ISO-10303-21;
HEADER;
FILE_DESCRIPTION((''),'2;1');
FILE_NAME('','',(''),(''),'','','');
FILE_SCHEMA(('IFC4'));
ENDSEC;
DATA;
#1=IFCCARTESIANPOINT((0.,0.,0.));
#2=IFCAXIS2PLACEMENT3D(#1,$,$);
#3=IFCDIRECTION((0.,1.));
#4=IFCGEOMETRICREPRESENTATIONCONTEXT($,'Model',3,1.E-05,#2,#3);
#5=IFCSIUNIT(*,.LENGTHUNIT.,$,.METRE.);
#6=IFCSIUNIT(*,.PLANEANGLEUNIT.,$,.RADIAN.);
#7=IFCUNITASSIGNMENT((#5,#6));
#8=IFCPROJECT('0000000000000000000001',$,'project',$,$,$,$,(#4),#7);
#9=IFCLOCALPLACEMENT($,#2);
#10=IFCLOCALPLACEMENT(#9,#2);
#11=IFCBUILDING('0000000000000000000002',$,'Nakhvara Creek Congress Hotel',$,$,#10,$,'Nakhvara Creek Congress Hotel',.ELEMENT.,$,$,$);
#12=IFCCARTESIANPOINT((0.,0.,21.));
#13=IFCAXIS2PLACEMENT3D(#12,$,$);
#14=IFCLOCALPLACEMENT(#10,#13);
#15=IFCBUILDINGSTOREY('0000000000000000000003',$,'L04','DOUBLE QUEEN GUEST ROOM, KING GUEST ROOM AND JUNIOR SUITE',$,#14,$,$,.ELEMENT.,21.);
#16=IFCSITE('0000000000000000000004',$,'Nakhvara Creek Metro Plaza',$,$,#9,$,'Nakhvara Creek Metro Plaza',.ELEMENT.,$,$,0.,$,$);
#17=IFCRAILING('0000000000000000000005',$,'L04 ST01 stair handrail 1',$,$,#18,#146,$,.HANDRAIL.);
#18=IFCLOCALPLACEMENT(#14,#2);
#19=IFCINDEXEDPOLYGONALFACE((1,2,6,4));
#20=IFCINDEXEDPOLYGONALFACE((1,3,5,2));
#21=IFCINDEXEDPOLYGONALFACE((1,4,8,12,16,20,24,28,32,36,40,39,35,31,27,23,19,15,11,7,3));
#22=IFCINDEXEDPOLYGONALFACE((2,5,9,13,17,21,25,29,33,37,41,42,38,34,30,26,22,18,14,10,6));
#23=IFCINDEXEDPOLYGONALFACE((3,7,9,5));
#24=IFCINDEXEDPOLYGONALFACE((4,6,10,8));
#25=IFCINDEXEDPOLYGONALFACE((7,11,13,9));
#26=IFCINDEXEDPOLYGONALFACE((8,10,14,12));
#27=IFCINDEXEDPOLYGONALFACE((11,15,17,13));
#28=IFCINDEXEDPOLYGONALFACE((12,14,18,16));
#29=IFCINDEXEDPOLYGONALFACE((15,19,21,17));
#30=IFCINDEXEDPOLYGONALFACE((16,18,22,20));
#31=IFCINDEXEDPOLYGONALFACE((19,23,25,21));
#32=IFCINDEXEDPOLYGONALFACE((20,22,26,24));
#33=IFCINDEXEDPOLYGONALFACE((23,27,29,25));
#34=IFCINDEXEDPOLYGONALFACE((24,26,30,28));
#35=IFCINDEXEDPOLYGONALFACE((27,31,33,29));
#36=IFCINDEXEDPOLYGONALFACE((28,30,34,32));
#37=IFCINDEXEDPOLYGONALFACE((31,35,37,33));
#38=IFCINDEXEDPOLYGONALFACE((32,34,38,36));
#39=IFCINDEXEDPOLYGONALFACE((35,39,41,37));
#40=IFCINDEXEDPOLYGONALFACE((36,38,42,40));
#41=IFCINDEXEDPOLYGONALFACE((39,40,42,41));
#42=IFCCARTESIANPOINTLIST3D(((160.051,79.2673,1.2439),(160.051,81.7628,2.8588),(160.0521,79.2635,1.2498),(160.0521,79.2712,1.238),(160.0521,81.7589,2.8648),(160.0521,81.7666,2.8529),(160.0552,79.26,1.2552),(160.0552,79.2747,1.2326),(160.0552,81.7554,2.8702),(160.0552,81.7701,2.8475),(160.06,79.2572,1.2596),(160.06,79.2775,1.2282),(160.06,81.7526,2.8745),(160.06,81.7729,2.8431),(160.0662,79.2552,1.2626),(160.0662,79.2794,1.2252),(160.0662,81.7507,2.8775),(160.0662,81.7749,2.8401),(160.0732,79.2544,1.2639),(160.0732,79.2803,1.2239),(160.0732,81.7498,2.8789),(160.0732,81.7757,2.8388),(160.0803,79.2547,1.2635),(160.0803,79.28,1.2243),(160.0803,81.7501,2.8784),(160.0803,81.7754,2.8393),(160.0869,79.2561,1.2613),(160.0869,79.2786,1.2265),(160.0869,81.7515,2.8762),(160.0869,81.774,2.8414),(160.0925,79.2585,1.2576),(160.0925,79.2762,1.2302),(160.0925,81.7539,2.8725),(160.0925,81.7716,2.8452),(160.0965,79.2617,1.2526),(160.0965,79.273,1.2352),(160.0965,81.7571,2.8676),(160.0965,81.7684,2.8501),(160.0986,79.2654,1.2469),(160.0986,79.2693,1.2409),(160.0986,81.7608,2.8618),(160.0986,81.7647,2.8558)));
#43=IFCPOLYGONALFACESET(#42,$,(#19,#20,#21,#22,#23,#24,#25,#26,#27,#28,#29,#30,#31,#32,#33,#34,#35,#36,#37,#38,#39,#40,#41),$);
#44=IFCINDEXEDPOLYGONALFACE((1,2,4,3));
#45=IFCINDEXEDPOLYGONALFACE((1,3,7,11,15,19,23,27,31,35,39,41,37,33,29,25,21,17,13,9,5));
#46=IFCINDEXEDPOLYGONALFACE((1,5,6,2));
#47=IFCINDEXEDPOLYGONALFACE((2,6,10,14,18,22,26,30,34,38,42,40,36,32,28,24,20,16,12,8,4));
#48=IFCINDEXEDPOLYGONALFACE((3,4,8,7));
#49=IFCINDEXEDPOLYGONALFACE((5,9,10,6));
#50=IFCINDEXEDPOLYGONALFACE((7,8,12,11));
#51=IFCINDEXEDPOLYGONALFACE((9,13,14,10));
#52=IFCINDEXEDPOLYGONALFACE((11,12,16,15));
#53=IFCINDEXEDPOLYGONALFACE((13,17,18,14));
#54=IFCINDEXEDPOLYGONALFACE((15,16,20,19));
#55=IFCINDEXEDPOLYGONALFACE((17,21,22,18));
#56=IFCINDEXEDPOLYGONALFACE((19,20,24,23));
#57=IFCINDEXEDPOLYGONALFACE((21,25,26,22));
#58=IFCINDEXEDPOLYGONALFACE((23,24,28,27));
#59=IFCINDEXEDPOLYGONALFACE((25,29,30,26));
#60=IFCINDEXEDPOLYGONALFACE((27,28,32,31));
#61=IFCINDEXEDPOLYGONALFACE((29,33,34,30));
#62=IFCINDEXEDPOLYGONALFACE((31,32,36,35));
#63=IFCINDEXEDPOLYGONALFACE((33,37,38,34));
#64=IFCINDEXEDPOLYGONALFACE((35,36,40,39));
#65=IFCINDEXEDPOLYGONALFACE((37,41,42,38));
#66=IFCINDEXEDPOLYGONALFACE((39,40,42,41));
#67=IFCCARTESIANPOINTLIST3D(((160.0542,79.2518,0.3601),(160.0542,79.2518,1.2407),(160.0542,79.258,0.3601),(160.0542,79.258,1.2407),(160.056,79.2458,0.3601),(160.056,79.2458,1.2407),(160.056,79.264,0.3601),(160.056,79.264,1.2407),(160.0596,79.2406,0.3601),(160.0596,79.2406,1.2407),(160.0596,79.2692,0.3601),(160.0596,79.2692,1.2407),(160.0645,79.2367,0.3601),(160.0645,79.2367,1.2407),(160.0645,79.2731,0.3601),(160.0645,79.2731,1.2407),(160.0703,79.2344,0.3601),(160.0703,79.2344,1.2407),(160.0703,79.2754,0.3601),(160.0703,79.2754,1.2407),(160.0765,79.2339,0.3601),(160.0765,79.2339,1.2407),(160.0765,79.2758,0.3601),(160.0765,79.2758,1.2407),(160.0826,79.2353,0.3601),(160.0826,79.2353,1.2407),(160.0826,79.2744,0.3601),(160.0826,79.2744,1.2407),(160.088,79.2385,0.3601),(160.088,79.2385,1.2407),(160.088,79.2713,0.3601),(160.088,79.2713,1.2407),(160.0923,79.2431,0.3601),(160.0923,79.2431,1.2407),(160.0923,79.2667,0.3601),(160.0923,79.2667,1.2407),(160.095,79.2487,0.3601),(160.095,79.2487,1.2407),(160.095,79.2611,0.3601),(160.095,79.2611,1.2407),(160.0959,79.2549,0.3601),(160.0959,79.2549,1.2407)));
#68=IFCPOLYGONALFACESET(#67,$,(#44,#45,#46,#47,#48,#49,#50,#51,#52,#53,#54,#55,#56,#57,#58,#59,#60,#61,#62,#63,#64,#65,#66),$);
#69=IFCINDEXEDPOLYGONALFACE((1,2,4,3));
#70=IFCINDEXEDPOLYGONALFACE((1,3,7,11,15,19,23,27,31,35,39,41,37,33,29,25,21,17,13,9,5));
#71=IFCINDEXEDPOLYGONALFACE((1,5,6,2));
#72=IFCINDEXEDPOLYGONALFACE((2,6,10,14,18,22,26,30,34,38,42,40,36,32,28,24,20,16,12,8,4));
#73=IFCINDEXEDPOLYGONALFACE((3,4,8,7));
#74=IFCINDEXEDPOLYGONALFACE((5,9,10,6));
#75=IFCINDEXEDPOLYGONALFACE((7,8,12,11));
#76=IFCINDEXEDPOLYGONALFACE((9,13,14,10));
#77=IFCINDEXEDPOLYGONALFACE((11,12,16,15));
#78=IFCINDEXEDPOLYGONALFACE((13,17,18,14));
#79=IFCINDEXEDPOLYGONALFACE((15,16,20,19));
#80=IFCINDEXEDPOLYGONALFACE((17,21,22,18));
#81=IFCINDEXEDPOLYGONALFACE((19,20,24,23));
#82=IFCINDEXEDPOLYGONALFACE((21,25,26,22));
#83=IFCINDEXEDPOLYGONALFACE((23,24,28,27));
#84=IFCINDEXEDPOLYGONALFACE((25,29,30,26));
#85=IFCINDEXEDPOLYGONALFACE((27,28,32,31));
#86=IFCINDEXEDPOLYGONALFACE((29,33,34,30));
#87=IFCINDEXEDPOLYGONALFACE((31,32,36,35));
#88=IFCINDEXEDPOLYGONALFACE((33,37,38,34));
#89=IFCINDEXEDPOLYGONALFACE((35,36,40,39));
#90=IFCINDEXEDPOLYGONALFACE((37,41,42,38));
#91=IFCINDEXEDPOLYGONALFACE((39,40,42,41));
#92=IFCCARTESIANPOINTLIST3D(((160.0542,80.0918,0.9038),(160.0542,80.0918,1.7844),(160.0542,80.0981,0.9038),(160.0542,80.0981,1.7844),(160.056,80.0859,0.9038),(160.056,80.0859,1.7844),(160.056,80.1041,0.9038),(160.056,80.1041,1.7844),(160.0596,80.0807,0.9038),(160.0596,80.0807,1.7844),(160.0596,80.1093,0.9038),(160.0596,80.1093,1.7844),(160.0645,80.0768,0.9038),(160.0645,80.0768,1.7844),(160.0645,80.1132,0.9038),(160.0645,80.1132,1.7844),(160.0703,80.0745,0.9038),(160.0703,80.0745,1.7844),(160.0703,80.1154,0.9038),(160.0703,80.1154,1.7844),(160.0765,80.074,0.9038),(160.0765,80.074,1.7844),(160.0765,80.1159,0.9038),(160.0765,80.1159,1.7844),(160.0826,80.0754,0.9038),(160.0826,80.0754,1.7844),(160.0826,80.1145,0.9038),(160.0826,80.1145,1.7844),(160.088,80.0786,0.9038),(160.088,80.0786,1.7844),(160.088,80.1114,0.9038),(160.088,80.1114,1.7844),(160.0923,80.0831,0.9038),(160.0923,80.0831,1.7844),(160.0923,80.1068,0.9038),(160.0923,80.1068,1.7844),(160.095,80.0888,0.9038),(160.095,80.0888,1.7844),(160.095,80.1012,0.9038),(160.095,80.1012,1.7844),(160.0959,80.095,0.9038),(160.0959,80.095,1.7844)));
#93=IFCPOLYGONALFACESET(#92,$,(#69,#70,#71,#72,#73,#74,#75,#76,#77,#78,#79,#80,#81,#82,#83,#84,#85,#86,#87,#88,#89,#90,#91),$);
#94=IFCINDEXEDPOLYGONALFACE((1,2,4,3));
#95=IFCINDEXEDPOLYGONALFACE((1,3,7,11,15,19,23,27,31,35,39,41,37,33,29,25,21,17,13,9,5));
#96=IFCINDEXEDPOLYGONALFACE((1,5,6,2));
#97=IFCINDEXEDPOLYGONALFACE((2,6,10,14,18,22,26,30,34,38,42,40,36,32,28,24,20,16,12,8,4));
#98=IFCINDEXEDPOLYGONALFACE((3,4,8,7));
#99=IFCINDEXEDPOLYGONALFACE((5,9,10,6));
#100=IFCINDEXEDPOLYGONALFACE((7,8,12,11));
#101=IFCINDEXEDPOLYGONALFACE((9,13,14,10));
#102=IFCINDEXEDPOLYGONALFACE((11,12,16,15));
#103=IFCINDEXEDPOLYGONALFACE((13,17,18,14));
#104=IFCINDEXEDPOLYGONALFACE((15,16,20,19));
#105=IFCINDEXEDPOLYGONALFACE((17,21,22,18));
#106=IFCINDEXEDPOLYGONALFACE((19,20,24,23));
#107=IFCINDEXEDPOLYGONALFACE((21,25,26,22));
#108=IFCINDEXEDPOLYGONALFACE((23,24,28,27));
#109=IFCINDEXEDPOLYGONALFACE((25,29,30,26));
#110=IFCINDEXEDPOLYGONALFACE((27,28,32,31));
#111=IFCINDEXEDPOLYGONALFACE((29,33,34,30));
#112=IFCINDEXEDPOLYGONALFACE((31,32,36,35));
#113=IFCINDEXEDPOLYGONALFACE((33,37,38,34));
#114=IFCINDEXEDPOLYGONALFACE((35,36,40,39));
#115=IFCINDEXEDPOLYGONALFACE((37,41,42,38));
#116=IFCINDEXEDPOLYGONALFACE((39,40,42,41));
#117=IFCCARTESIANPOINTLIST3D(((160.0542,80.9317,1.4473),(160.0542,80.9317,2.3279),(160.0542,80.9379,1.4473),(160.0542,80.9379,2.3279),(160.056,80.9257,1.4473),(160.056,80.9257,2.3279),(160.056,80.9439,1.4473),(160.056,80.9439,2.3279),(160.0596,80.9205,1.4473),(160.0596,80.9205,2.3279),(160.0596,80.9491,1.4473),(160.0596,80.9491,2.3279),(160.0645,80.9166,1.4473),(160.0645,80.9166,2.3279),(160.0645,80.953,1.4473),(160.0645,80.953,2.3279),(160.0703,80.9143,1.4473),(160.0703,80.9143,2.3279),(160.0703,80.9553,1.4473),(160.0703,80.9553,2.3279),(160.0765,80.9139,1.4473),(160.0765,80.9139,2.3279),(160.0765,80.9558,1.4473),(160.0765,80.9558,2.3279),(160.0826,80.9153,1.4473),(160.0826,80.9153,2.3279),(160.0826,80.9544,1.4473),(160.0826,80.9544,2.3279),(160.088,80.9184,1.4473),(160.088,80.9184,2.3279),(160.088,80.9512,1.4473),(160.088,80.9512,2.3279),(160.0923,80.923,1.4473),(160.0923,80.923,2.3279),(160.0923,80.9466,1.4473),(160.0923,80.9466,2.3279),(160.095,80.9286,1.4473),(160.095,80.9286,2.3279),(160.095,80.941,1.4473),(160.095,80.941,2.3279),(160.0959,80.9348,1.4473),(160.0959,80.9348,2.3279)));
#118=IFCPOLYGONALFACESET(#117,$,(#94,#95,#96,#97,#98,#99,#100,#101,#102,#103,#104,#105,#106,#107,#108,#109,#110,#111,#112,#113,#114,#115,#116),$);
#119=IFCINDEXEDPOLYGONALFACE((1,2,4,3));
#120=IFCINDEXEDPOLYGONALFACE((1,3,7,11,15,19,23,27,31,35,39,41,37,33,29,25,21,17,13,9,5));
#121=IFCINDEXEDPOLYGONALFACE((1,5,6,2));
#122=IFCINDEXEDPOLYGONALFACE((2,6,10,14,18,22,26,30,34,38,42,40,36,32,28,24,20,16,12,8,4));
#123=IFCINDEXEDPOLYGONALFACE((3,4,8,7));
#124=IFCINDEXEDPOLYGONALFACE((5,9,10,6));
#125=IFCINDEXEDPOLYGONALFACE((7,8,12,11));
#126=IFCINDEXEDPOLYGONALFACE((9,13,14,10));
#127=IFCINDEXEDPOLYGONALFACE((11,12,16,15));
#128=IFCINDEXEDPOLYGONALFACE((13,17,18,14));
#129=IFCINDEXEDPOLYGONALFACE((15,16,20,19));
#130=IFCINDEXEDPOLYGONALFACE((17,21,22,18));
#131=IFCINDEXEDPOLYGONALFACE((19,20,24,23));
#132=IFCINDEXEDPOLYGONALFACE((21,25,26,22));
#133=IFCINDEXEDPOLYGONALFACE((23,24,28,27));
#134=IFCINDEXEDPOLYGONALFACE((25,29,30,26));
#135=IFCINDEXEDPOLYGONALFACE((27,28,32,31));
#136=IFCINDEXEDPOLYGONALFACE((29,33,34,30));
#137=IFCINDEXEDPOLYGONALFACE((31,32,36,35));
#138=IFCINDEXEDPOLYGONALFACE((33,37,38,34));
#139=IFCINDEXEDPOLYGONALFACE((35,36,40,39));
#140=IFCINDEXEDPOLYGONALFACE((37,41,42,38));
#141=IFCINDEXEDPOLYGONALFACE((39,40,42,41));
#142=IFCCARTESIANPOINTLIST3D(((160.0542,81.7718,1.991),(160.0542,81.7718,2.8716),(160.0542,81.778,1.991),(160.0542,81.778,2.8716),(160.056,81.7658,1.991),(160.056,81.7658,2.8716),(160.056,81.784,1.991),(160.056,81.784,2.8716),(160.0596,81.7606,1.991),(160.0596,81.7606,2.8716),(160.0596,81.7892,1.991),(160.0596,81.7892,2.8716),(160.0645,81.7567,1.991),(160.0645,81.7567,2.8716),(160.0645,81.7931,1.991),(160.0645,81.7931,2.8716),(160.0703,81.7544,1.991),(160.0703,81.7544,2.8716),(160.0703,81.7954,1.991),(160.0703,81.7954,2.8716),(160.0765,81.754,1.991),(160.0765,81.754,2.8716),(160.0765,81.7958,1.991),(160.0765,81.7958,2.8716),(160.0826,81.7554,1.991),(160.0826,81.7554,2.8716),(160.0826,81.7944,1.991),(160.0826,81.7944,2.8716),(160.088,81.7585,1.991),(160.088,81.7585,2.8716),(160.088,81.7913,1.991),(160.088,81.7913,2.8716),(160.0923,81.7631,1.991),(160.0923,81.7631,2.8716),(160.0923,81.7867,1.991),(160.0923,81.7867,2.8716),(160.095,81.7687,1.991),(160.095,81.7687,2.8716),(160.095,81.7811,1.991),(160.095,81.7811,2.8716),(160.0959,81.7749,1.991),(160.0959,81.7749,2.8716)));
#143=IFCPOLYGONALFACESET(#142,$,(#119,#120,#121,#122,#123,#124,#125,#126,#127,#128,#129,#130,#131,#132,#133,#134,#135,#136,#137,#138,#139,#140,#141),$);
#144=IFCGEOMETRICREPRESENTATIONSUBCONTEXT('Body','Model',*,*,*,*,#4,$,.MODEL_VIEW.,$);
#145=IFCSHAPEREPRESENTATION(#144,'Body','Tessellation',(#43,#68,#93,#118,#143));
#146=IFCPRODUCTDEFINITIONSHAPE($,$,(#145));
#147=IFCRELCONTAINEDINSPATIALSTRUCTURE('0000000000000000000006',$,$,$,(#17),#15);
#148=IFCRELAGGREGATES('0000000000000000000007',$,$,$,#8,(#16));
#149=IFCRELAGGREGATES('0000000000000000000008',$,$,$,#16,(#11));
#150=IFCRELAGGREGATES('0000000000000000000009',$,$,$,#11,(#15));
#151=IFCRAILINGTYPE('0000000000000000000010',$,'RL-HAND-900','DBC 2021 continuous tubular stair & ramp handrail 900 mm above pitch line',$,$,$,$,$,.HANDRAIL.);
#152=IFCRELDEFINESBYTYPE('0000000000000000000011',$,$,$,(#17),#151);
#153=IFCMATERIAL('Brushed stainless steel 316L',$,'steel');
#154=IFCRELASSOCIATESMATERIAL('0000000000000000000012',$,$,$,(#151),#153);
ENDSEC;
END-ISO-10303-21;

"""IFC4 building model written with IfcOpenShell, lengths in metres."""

from ifc_helpers import new_model, si_unit, direction, frame, origin, origin_2d, place, context, subcontext, project, spatial, circle, extrude, material, type_object, element, save


model = new_model("IFC4")

# Units and contexts
model_context = context("Model", 3, precision=1e-05, world=origin(), true_north=direction((0.0, 1.0)))
body_context = subcontext(model_context, "Body", "Model", "MODEL_VIEW")
ifc_project = project(units=[si_unit("LENGTHUNIT", "METRE"), si_unit("PLANEANGLEUNIT", "RADIAN")], contexts=[model_context])

# Site, building, storey
site_placement = place(None, origin())
site = spatial("IfcSite", under=ifc_project, at=site_placement, Name="Nakhvara Creek Metro Plaza", LongName="Nakhvara Creek Metro Plaza", CompositionType="ELEMENT", RefElevation=0.0)
building_placement = place(site_placement, origin())
building = spatial("IfcBuilding", under=site, at=building_placement, Name="Nakhvara Creek Congress Hotel", LongName="Nakhvara Creek Congress Hotel", CompositionType="ELEMENT")
storey_placement = place(building_placement, frame((0.0, 0.0, 21.0)))
storey = spatial("IfcBuildingStorey", under=building, at=storey_placement, Name="L04", Description="DOUBLE QUEEN GUEST ROOM, KING GUEST ROOM AND JUNIOR SUITE", CompositionType="ELEMENT", Elevation=21.0)

# Railing
ifc_material_1 = material(Name="Brushed stainless steel 316L", Category="steel")
railing_type_1 = type_object("IfcRailingType", Name="RL-HAND-900", Description="DBC 2021 continuous tubular stair & ramp handrail 900 mm above pitch line", PredefinedType="HANDRAIL", material=ifc_material_1)
railing_1_placement = place(storey_placement, frame((160.075, 79.2549, 0.3601)))
element("IfcRailing", 1, at=railing_1_placement, inside=storey, type_object=railing_type_1, Name="L04 ST01 stair handrail 1", PredefinedType="HANDRAIL", context=body_context, shape_type="SweptSolid", body=[
    extrude(circle(Radius=0.0239, at=origin_2d()), frame((0.0, 0.0125, 0.8838), z_axis=(0.0, 0.839531, 0.543312), x_axis=(-1.0, 0.0, 0.0)), (0.0, 0.0, 1.0), 2.9724),
    extrude(circle(Radius=0.021, at=origin_2d()), origin(), (0.0, 0.0, 1.0), 0.8806),
    extrude(circle(Radius=0.021, at=origin_2d()), frame((0.0, 0.8401, 0.5437)), (0.0, 0.0, 1.0), 0.8806),
    extrude(circle(Radius=0.021, at=origin_2d()), frame((0.0, 1.6799, 1.0872)), (0.0, 0.0, 1.0), 0.8806),
    extrude(circle(Radius=0.021, at=origin_2d()), frame((0.0, 2.52, 1.6309)), (0.0, 0.0, 1.0), 0.8806),
])

save(model, "model.ifc")
